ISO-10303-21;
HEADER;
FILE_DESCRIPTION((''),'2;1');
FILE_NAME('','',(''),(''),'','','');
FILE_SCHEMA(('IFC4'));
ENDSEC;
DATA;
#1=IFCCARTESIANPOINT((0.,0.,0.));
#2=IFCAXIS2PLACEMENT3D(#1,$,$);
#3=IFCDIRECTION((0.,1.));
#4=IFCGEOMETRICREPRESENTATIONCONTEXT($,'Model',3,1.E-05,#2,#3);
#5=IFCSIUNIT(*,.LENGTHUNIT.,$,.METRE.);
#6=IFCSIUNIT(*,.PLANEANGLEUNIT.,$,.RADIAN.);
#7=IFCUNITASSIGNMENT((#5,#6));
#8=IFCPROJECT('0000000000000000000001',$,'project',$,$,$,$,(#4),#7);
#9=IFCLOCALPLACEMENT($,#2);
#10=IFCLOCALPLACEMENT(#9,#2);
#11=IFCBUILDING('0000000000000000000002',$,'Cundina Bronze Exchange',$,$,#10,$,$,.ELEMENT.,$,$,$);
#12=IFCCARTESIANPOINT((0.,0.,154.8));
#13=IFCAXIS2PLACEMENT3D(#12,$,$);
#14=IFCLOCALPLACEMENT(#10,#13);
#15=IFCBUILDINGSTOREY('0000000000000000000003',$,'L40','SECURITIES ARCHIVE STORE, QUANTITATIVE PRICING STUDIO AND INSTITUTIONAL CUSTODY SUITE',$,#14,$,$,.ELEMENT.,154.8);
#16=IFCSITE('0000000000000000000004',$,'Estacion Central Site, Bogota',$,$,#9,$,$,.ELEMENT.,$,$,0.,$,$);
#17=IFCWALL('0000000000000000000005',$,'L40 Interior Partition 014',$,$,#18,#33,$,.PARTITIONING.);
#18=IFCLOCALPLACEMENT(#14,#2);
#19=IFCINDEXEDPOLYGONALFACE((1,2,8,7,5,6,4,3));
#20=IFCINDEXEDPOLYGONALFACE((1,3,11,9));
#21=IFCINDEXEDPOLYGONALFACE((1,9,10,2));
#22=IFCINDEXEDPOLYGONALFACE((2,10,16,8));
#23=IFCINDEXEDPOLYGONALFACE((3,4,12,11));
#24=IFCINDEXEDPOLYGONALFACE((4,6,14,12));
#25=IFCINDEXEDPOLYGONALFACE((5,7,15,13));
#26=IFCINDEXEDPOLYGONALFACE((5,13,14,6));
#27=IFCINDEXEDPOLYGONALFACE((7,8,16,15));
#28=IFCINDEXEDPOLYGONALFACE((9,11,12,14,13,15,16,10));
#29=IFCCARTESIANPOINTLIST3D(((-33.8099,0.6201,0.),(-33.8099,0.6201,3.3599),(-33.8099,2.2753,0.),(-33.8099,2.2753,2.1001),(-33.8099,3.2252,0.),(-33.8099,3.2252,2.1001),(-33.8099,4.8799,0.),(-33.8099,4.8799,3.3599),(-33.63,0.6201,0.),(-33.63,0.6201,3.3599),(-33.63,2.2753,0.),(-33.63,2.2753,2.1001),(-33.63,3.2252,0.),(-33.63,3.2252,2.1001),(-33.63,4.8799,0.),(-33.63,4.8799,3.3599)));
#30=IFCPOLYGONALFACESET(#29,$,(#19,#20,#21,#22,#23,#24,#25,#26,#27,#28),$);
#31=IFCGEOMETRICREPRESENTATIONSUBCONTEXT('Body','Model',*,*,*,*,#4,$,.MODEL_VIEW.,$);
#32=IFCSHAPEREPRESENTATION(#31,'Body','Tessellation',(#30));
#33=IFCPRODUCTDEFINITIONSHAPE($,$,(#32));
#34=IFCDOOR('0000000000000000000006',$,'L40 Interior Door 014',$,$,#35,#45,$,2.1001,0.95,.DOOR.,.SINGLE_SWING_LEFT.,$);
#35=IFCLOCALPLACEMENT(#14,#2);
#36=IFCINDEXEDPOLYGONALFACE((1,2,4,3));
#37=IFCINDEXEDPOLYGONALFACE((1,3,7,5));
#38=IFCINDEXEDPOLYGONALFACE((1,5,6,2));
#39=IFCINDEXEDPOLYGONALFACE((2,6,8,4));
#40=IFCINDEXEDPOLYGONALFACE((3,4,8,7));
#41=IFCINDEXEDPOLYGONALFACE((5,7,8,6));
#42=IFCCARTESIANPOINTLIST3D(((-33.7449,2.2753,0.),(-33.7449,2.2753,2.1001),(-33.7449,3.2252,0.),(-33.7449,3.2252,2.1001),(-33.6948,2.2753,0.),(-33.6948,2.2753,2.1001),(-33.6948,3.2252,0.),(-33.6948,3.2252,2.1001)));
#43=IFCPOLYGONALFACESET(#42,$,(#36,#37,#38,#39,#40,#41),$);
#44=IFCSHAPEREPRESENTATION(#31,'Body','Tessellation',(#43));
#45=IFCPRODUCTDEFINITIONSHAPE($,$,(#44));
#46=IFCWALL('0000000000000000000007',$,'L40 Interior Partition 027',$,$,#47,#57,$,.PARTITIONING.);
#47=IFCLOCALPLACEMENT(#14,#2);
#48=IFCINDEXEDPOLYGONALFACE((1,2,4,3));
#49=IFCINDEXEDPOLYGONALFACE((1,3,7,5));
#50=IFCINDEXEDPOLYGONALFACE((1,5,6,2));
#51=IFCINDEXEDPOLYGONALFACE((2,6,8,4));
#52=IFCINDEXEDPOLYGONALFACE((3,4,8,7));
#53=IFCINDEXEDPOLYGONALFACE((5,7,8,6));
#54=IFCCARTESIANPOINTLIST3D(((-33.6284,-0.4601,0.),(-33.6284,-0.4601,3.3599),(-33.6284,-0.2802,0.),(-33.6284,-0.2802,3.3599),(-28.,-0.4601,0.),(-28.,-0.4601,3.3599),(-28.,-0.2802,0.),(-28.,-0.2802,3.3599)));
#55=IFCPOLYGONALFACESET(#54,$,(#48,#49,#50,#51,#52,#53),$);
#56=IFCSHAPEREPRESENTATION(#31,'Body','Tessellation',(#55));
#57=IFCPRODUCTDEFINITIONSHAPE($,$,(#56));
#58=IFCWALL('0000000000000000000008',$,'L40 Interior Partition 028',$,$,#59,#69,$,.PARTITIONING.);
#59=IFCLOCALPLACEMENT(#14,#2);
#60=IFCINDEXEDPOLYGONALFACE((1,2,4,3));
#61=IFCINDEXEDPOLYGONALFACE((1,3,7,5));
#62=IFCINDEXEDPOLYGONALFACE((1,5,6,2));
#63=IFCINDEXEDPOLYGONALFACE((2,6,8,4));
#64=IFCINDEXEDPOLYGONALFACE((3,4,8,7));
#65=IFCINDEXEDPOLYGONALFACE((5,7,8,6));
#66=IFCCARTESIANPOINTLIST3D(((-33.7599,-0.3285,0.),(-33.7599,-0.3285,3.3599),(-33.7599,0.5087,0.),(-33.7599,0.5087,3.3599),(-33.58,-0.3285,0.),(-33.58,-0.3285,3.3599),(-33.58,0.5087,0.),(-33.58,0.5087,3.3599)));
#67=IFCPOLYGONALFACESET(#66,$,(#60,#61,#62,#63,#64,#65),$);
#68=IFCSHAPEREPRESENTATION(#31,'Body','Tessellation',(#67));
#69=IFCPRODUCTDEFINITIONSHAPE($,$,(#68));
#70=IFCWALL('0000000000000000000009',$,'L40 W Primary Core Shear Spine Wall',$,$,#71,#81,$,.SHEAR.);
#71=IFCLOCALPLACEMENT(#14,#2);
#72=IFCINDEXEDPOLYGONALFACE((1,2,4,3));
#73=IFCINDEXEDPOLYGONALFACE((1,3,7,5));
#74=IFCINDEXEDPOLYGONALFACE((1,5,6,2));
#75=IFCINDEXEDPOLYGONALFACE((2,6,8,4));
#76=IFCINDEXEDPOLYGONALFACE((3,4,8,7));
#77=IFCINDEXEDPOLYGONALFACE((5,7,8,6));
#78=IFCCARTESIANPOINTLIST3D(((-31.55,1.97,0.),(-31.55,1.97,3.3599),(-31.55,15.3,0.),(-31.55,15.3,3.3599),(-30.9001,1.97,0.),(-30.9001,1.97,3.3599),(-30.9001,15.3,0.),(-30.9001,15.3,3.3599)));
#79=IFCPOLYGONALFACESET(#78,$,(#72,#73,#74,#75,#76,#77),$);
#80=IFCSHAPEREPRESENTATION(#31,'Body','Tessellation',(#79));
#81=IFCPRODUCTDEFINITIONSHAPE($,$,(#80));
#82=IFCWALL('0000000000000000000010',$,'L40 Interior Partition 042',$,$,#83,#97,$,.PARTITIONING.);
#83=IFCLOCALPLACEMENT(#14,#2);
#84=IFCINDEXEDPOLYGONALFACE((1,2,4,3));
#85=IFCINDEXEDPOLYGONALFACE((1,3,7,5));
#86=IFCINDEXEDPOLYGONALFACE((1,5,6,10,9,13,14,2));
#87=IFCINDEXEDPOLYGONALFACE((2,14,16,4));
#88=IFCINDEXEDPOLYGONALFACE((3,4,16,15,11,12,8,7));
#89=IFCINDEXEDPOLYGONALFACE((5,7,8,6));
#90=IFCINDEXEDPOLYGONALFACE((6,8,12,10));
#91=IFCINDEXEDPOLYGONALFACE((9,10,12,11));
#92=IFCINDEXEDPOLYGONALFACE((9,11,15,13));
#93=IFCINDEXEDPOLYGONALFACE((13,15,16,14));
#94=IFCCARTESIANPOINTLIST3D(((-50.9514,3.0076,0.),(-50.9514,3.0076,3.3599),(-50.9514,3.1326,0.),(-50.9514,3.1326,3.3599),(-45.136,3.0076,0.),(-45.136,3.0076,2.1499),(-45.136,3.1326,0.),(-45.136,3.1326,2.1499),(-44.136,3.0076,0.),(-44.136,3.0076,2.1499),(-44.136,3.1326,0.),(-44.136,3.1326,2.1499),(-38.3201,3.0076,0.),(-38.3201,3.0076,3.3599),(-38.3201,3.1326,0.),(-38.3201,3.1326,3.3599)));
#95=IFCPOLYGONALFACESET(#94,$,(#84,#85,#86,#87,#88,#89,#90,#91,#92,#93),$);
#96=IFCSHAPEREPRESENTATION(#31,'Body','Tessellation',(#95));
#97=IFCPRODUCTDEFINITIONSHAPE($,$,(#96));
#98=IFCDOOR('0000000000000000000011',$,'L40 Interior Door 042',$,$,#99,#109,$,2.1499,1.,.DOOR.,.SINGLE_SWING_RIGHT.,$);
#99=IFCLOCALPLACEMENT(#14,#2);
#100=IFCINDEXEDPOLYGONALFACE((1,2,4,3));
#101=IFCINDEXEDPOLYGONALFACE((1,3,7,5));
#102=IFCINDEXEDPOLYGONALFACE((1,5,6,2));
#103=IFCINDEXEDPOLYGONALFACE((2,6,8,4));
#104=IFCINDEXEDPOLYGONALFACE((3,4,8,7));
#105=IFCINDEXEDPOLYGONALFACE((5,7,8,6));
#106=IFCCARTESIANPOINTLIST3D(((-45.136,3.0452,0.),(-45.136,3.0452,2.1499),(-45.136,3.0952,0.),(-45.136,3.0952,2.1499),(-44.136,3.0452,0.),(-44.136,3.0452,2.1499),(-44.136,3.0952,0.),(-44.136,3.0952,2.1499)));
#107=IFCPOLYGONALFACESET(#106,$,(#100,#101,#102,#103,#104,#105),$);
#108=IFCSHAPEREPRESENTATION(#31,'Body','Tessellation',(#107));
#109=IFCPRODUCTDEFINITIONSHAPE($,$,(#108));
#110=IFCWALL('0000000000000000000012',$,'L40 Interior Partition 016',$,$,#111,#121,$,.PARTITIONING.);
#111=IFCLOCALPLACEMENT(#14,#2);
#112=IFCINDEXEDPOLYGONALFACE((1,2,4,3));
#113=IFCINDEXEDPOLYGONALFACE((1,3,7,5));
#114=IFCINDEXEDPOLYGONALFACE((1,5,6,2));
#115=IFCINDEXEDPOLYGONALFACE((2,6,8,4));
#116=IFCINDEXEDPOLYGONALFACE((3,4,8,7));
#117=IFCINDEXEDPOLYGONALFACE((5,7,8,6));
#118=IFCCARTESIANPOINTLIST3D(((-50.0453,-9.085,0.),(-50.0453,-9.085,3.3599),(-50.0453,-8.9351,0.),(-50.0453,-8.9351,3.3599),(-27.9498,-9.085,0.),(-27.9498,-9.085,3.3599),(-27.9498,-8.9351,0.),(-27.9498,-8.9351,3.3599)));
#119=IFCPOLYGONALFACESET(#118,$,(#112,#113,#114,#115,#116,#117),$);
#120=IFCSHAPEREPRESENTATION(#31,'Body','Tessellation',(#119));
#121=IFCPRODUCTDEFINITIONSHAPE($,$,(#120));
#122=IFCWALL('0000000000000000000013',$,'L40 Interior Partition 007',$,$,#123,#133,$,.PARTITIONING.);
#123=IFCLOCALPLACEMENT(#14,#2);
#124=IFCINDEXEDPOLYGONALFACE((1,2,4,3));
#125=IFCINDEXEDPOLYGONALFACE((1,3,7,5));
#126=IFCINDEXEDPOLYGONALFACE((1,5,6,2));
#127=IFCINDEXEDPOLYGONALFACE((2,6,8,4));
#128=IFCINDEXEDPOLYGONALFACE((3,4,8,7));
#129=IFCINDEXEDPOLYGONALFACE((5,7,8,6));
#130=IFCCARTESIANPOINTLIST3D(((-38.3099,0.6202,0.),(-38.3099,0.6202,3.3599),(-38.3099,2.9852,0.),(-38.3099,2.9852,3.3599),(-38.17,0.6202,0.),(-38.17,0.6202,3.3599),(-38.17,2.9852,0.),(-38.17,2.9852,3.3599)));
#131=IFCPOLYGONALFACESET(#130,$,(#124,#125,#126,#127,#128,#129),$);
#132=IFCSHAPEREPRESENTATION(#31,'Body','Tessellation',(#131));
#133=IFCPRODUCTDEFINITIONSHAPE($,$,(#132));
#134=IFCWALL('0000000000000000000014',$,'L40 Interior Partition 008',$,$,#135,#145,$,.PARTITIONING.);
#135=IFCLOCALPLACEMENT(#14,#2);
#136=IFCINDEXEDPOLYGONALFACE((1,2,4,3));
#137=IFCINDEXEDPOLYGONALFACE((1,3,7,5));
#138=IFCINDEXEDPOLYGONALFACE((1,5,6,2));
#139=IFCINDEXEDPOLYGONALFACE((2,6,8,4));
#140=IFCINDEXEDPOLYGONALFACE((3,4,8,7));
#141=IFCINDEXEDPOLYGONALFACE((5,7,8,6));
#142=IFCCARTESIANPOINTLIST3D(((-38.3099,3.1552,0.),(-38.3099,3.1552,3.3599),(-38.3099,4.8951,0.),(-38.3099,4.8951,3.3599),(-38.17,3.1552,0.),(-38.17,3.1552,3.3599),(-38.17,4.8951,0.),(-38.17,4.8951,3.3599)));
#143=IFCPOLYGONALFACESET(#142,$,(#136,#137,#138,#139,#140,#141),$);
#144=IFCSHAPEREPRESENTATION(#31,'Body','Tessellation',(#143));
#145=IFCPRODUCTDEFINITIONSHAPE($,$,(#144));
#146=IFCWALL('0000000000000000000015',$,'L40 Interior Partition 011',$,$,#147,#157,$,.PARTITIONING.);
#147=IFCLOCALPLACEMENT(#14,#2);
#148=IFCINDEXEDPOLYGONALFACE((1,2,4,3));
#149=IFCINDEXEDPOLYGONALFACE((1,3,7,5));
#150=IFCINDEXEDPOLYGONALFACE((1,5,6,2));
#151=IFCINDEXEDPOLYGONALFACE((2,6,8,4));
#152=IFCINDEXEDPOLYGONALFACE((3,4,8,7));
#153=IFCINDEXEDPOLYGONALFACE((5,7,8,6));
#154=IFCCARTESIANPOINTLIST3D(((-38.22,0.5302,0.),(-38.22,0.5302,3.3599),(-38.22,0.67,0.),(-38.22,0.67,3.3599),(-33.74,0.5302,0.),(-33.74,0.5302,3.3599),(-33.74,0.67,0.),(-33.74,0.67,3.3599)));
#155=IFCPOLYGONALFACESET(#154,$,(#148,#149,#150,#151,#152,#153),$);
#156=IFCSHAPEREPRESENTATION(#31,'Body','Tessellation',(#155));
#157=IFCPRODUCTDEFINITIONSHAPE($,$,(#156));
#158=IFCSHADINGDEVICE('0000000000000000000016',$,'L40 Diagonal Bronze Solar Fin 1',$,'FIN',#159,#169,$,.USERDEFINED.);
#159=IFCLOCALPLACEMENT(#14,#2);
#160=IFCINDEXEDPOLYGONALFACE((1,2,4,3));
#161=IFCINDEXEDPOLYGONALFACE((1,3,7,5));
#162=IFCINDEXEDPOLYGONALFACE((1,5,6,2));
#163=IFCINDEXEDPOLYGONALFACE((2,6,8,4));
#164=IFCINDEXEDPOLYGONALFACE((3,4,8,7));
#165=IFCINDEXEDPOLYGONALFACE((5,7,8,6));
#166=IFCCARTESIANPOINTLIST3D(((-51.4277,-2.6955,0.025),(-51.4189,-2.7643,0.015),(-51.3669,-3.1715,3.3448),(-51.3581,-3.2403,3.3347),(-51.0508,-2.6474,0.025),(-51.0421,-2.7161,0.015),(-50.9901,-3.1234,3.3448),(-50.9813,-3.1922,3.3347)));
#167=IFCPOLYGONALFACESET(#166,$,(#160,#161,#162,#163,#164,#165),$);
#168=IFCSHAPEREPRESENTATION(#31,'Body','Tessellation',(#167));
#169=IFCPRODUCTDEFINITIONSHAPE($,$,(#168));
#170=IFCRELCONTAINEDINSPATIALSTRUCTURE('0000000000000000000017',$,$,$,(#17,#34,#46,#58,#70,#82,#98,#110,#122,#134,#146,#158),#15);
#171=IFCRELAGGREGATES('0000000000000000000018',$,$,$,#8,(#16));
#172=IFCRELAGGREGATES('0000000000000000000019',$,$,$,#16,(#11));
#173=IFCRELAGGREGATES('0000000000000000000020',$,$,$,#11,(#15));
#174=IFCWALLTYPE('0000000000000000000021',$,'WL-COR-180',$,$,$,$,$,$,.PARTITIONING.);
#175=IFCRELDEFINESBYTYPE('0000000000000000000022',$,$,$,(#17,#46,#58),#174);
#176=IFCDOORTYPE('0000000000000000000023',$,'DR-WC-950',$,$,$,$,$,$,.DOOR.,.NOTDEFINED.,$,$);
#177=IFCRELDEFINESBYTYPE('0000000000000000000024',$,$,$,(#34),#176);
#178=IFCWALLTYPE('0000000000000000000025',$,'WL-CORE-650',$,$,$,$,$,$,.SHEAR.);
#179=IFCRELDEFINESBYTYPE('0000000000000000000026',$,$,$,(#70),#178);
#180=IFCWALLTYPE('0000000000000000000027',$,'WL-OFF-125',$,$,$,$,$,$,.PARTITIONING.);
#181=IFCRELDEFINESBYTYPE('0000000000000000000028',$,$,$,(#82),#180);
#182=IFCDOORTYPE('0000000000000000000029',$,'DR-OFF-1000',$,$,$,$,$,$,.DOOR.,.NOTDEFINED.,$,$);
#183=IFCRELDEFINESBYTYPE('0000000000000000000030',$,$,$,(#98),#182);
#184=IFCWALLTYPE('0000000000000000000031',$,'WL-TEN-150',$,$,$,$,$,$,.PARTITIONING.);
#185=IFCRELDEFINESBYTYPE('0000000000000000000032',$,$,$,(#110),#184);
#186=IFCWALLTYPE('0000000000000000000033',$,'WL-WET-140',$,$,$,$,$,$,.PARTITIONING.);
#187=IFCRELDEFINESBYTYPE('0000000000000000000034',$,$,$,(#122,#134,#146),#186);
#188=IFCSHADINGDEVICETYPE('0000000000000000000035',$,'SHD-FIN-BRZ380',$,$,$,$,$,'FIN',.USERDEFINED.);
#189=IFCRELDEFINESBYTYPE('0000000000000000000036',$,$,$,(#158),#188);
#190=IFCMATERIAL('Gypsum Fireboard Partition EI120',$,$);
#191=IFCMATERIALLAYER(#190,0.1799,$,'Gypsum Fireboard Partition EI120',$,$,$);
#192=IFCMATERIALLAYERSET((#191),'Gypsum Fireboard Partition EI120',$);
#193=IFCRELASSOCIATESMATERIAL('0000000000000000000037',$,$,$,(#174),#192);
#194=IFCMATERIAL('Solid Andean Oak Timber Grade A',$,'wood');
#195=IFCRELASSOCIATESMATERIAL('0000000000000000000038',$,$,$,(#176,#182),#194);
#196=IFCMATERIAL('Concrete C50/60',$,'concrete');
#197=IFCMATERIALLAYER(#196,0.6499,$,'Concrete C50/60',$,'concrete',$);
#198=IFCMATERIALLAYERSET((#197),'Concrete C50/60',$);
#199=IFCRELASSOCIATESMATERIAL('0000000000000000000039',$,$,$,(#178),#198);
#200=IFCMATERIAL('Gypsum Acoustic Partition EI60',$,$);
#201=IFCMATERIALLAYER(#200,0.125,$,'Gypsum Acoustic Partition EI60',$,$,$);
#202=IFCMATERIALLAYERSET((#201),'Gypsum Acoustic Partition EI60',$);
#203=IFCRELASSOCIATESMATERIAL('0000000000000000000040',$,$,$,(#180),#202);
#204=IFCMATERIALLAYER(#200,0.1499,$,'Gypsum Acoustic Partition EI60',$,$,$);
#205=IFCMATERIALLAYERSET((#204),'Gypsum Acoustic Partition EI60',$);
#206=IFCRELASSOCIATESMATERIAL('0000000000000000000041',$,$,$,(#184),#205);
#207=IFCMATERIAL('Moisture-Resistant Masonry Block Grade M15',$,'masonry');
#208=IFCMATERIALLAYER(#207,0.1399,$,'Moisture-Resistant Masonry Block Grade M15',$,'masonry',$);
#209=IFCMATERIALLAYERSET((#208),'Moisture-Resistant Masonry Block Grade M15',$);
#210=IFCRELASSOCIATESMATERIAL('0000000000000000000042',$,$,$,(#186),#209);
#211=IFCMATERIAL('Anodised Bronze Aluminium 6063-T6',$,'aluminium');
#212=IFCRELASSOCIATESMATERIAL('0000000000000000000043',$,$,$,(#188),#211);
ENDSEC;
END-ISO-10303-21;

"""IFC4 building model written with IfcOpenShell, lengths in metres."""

from ifc_helpers import new_model, si_unit, direction, frame, frame_2d, origin, origin_2d, place, context, subcontext, project, spatial, rectangle, extrude, material, layer, layer_set, material_profile, profile_set, type_object, element, fill, save


model = new_model("IFC4")

# Units and contexts
model_context = context("Model", 3, precision=1e-05, world=origin(), true_north=direction((0.0, 1.0)))
body_context = subcontext(model_context, "Body", "Model", "MODEL_VIEW")
ifc_project = project(units=[si_unit("LENGTHUNIT", "METRE"), si_unit("PLANEANGLEUNIT", "RADIAN")], contexts=[model_context])

# Site, building, storey
site_placement = place(None, origin())
site = spatial("IfcSite", under=ifc_project, at=site_placement, Name="Estacion Central Site, Bogota", CompositionType="ELEMENT", RefElevation=0.0)
building_placement = place(site_placement, origin())
building = spatial("IfcBuilding", under=site, at=building_placement, Name="Cundina Bronze Exchange", CompositionType="ELEMENT")
storey_placement = place(building_placement, frame((0.0, 0.0, 154.8)))
storey = spatial("IfcBuildingStorey", under=building, at=storey_placement, Name="L40", Description="SECURITIES ARCHIVE STORE, QUANTITATIVE PRICING STUDIO AND INSTITUTIONAL CUSTODY SUITE", CompositionType="ELEMENT", Elevation=154.8)

# Shared definitions
ifc_material_1 = material(Name="Concrete C50/60", Category="concrete")

# Shared definitions
ifc_material_2 = material(Name="Anodised Bronze Aluminium 6063-T6", Category="aluminium")

# Wall, opening, door
ifc_material_3 = material(Name="Gypsum Fireboard Partition EI120")
ifc_layer_1 = layer(ifc_material_3, 0.1799, Name="Gypsum Fireboard Partition EI120")
ifc_layer_set_1 = layer_set([ifc_layer_1], Name="Gypsum Fireboard Partition EI120")
wall_type_1 = type_object("IfcWallType", Name="WL-COR-180", PredefinedType="PARTITIONING", material=ifc_layer_set_1)
wall_1_placement = place(storey_placement, frame((-33.72, 0.6201, 0.0), z_axis=(0.0, 0.0, 1.0), x_axis=(0.0, 1.0, 0.0)))
wall_1 = element("IfcWall", 1, at=wall_1_placement, inside=storey, type_object=wall_type_1, Name="L40 Interior Partition 014", PredefinedType="PARTITIONING", context=body_context, shape_type="SweptSolid", body=[
    extrude(rectangle(XDim=4.2598, YDim=0.1799, at=frame_2d((2.1299, 0.0))), origin(), (0.0, 0.0, 1.0), 3.3599),
])
opening_1_placement = place(wall_1_placement, frame((1.655, 0.0, 0.0)))
opening_1 = element("IfcOpeningElement", 2, at=opening_1_placement, cuts=wall_1, PredefinedType="OPENING", context=body_context, shape_type="SweptSolid", body=[
    extrude(rectangle(XDim=0.95, YDim=2.1001, at=frame_2d((0.4751, 1.05))), frame((0.0, 0.0999, 0.0), z_axis=(0.0, -1.0, 0.0), x_axis=(1.0, 0.0, 0.0)), (0.0, 0.0, 1.0), 0.2),
])
ifc_material_4 = material(Name="Solid Andean Oak Timber Grade A", Category="wood")
door_type_1 = type_object("IfcDoorType", Name="DR-WC-950", OperationType="NOTDEFINED", PredefinedType="DOOR", material=ifc_material_4)
door_1_placement = place(opening_1_placement, origin())
door_1 = element("IfcDoor", 3, at=door_1_placement, inside=storey, type_object=door_type_1, Name="L40 Interior Door 014", OperationType="SINGLE_SWING_LEFT", OverallHeight=2.1001, OverallWidth=0.95, PredefinedType="DOOR", context=body_context, shape_type="SweptSolid", body=[
    extrude(rectangle(XDim=0.95, YDim=2.1001, at=frame_2d((0.4751, 1.05))), frame((0.0, 0.0249, 0.0), z_axis=(0.0, -1.0, 0.0), x_axis=(1.0, 0.0, 0.0)), (0.0, 0.0, 1.0), 0.05),
])
fill(opening_1, door_1)

# Walls
wall_2_placement = place(storey_placement, frame((-33.6284, -0.3701, 0.0), z_axis=(0.0, 0.0, 1.0), x_axis=(1.0, 0.0, 0.0)))
element("IfcWall", 4, at=wall_2_placement, inside=storey, type_object=wall_type_1, Name="L40 Interior Partition 027", PredefinedType="PARTITIONING", context=body_context, shape_type="SweptSolid", body=[
    extrude(rectangle(XDim=5.6284, YDim=0.1799, at=frame_2d((2.8142, 0.0))), origin(), (0.0, 0.0, 1.0), 3.3599),
])
wall_3_placement = place(storey_placement, frame((-33.6699, 0.5085, 0.0), z_axis=(0.0, 0.0, 1.0), x_axis=(0.0, -1.0, 0.0)))
element("IfcWall", 5, at=wall_3_placement, inside=storey, type_object=wall_type_1, Name="L40 Interior Partition 028", PredefinedType="PARTITIONING", context=body_context, shape_type="SweptSolid", body=[
    extrude(rectangle(XDim=0.8372, YDim=0.1799, at=frame_2d((0.4185, 0.0))), origin(), (0.0, 0.0, 1.0), 3.3599),
])
ifc_layer_2 = layer(ifc_material_1, 0.6499, Name="Concrete C50/60", Category="concrete")
ifc_layer_set_2 = layer_set([ifc_layer_2], Name="Concrete C50/60")
wall_type_2 = type_object("IfcWallType", Name="WL-CORE-650", PredefinedType="SHEAR", material=ifc_layer_set_2)
wall_4_placement = place(storey_placement, frame((-31.2251, 1.97, 0.0), z_axis=(0.0, 0.0, 1.0), x_axis=(0.0, 1.0, 0.0)))
element("IfcWall", 6, at=wall_4_placement, inside=storey, type_object=wall_type_2, Name="L40 W Primary Core Shear Spine Wall", PredefinedType="SHEAR", context=body_context, shape_type="SweptSolid", body=[
    extrude(rectangle(XDim=13.3301, YDim=0.6499, at=frame_2d((6.665, 0.0))), origin(), (0.0, 0.0, 1.0), 3.3599),
])

# Wall, opening, door
ifc_material_5 = material(Name="Gypsum Acoustic Partition EI60")
ifc_layer_3 = layer(ifc_material_5, 0.125, Name="Gypsum Acoustic Partition EI60")
ifc_layer_set_3 = layer_set([ifc_layer_3], Name="Gypsum Acoustic Partition EI60")
wall_type_3 = type_object("IfcWallType", Name="WL-OFF-125", PredefinedType="PARTITIONING", material=ifc_layer_set_3)
wall_5_placement = place(storey_placement, frame((-38.3201, 3.0701, 0.0), z_axis=(0.0, 0.0, 1.0), x_axis=(-1.0, 0.0, 0.0)))
wall_5 = element("IfcWall", 7, at=wall_5_placement, inside=storey, type_object=wall_type_3, Name="L40 Interior Partition 042", PredefinedType="PARTITIONING", context=body_context, shape_type="SweptSolid", body=[
    extrude(rectangle(XDim=12.6313, YDim=0.125, at=frame_2d((6.3157, 0.0))), origin(), (0.0, 0.0, 1.0), 3.3599),
])
opening_2_placement = place(wall_5_placement, frame((5.8159, 0.0, 0.0)))
opening_2 = element("IfcOpeningElement", 8, at=opening_2_placement, cuts=wall_5, PredefinedType="OPENING", context=body_context, shape_type="SweptSolid", body=[
    extrude(rectangle(XDim=1.0, YDim=2.1499, at=frame_2d((0.5, 1.075))), frame((0.0, 0.0725, 0.0), z_axis=(0.0, -1.0, 0.0), x_axis=(1.0, 0.0, 0.0)), (0.0, 0.0, 1.0), 0.145),
])
door_type_2 = type_object("IfcDoorType", Name="DR-OFF-1000", OperationType="NOTDEFINED", PredefinedType="DOOR", material=ifc_material_4)
door_2_placement = place(opening_2_placement, origin())
door_2 = element("IfcDoor", 9, at=door_2_placement, inside=storey, type_object=door_type_2, Name="L40 Interior Door 042", OperationType="SINGLE_SWING_RIGHT", OverallHeight=2.1499, OverallWidth=1.0, PredefinedType="DOOR", context=body_context, shape_type="SweptSolid", body=[
    extrude(rectangle(XDim=1.0, YDim=2.1499, at=frame_2d((0.5, 1.075))), frame((0.0, 0.0249, 0.0), z_axis=(0.0, -1.0, 0.0), x_axis=(1.0, 0.0, 0.0)), (0.0, 0.0, 1.0), 0.05),
])
fill(opening_2, door_2)

# Walls
ifc_layer_4 = layer(ifc_material_5, 0.1499, Name="Gypsum Acoustic Partition EI60")
ifc_layer_set_4 = layer_set([ifc_layer_4], Name="Gypsum Acoustic Partition EI60")
wall_type_4 = type_object("IfcWallType", Name="WL-TEN-150", PredefinedType="PARTITIONING", material=ifc_layer_set_4)
wall_6_placement = place(storey_placement, frame((-50.0454, -9.01, 0.0), z_axis=(0.0, 0.0, 1.0), x_axis=(1.0, 0.0, 0.0)))
element("IfcWall", 10, at=wall_6_placement, inside=storey, type_object=wall_type_4, Name="L40 Interior Partition 016", PredefinedType="PARTITIONING", context=body_context, shape_type="SweptSolid", body=[
    extrude(rectangle(XDim=22.0955, YDim=0.1499, at=frame_2d((11.0479, 0.0))), origin(), (0.0, 0.0, 1.0), 3.3599),
])
ifc_material_6 = material(Name="Moisture-Resistant Masonry Block Grade M15", Category="masonry")
ifc_layer_5 = layer(ifc_material_6, 0.1399, Name="Moisture-Resistant Masonry Block Grade M15", Category="masonry")
ifc_layer_set_5 = layer_set([ifc_layer_5], Name="Moisture-Resistant Masonry Block Grade M15")
wall_type_5 = type_object("IfcWallType", Name="WL-WET-140", PredefinedType="PARTITIONING", material=ifc_layer_set_5)
wall_7_placement = place(storey_placement, frame((-38.24, 0.6201, 0.0), z_axis=(0.0, 0.0, 1.0), x_axis=(0.0, 1.0, 0.0)))
element("IfcWall", 11, at=wall_7_placement, inside=storey, type_object=wall_type_5, Name="L40 Interior Partition 007", PredefinedType="PARTITIONING", context=body_context, shape_type="SweptSolid", body=[
    extrude(rectangle(XDim=2.365, YDim=0.1399, at=frame_2d((1.1826, 0.0))), origin(), (0.0, 0.0, 1.0), 3.3599),
])
wall_8_placement = place(storey_placement, frame((-38.24, 3.155, 0.0), z_axis=(0.0, 0.0, 1.0), x_axis=(0.0, 1.0, 0.0)))
element("IfcWall", 12, at=wall_8_placement, inside=storey, type_object=wall_type_5, Name="L40 Interior Partition 008", PredefinedType="PARTITIONING", context=body_context, shape_type="SweptSolid", body=[
    extrude(rectangle(XDim=1.74, YDim=0.1399, at=frame_2d((0.8701, 0.0))), origin(), (0.0, 0.0, 1.0), 3.3599),
])
wall_9_placement = place(storey_placement, frame((-38.22, 0.6001, 0.0), z_axis=(0.0, 0.0, 1.0), x_axis=(1.0, 0.0, 0.0)))
element("IfcWall", 13, at=wall_9_placement, inside=storey, type_object=wall_type_5, Name="L40 Interior Partition 011", PredefinedType="PARTITIONING", context=body_context, shape_type="SweptSolid", body=[
    extrude(rectangle(XDim=4.48, YDim=0.1399, at=frame_2d((2.24, 0.0))), origin(), (0.0, 0.0, 1.0), 3.3599),
])

# Shading device
ifc_material_profile_1 = material_profile(ifc_material_2, rectangle(XDim=0.0701, YDim=0.3799, at=origin_2d()), Name="FIN70X380", Category="aluminium")
ifc_profile_set_1 = profile_set([ifc_material_profile_1], Name="Anodised Bronze Aluminium 6063-T6")
shading_device_type = type_object("IfcShadingDeviceType", Name="SHD-FIN-BRZ380", ElementType="FIN", PredefinedType="USERDEFINED", material=ifc_profile_set_1)
shading_device_placement = place(storey_placement, frame((-51.2349, -2.7058, 0.02), z_axis=(0.018123, -0.141928, 0.989711), x_axis=(-0.125361, 0.98174, 0.14308)))
element("IfcShadingDevice", 14, at=shading_device_placement, inside=storey, type_object=shading_device_type, Name="L40 Diagonal Bronze Solar Fin 1", ObjectType="FIN", PredefinedType="USERDEFINED", context=body_context, shape_type="SweptSolid", body=[
    extrude(rectangle(XDim=0.0701, YDim=0.3799, at=origin_2d()), origin(), (0.0, 0.0, 1.0), 3.3542),
])

save(model, "model.ifc")
